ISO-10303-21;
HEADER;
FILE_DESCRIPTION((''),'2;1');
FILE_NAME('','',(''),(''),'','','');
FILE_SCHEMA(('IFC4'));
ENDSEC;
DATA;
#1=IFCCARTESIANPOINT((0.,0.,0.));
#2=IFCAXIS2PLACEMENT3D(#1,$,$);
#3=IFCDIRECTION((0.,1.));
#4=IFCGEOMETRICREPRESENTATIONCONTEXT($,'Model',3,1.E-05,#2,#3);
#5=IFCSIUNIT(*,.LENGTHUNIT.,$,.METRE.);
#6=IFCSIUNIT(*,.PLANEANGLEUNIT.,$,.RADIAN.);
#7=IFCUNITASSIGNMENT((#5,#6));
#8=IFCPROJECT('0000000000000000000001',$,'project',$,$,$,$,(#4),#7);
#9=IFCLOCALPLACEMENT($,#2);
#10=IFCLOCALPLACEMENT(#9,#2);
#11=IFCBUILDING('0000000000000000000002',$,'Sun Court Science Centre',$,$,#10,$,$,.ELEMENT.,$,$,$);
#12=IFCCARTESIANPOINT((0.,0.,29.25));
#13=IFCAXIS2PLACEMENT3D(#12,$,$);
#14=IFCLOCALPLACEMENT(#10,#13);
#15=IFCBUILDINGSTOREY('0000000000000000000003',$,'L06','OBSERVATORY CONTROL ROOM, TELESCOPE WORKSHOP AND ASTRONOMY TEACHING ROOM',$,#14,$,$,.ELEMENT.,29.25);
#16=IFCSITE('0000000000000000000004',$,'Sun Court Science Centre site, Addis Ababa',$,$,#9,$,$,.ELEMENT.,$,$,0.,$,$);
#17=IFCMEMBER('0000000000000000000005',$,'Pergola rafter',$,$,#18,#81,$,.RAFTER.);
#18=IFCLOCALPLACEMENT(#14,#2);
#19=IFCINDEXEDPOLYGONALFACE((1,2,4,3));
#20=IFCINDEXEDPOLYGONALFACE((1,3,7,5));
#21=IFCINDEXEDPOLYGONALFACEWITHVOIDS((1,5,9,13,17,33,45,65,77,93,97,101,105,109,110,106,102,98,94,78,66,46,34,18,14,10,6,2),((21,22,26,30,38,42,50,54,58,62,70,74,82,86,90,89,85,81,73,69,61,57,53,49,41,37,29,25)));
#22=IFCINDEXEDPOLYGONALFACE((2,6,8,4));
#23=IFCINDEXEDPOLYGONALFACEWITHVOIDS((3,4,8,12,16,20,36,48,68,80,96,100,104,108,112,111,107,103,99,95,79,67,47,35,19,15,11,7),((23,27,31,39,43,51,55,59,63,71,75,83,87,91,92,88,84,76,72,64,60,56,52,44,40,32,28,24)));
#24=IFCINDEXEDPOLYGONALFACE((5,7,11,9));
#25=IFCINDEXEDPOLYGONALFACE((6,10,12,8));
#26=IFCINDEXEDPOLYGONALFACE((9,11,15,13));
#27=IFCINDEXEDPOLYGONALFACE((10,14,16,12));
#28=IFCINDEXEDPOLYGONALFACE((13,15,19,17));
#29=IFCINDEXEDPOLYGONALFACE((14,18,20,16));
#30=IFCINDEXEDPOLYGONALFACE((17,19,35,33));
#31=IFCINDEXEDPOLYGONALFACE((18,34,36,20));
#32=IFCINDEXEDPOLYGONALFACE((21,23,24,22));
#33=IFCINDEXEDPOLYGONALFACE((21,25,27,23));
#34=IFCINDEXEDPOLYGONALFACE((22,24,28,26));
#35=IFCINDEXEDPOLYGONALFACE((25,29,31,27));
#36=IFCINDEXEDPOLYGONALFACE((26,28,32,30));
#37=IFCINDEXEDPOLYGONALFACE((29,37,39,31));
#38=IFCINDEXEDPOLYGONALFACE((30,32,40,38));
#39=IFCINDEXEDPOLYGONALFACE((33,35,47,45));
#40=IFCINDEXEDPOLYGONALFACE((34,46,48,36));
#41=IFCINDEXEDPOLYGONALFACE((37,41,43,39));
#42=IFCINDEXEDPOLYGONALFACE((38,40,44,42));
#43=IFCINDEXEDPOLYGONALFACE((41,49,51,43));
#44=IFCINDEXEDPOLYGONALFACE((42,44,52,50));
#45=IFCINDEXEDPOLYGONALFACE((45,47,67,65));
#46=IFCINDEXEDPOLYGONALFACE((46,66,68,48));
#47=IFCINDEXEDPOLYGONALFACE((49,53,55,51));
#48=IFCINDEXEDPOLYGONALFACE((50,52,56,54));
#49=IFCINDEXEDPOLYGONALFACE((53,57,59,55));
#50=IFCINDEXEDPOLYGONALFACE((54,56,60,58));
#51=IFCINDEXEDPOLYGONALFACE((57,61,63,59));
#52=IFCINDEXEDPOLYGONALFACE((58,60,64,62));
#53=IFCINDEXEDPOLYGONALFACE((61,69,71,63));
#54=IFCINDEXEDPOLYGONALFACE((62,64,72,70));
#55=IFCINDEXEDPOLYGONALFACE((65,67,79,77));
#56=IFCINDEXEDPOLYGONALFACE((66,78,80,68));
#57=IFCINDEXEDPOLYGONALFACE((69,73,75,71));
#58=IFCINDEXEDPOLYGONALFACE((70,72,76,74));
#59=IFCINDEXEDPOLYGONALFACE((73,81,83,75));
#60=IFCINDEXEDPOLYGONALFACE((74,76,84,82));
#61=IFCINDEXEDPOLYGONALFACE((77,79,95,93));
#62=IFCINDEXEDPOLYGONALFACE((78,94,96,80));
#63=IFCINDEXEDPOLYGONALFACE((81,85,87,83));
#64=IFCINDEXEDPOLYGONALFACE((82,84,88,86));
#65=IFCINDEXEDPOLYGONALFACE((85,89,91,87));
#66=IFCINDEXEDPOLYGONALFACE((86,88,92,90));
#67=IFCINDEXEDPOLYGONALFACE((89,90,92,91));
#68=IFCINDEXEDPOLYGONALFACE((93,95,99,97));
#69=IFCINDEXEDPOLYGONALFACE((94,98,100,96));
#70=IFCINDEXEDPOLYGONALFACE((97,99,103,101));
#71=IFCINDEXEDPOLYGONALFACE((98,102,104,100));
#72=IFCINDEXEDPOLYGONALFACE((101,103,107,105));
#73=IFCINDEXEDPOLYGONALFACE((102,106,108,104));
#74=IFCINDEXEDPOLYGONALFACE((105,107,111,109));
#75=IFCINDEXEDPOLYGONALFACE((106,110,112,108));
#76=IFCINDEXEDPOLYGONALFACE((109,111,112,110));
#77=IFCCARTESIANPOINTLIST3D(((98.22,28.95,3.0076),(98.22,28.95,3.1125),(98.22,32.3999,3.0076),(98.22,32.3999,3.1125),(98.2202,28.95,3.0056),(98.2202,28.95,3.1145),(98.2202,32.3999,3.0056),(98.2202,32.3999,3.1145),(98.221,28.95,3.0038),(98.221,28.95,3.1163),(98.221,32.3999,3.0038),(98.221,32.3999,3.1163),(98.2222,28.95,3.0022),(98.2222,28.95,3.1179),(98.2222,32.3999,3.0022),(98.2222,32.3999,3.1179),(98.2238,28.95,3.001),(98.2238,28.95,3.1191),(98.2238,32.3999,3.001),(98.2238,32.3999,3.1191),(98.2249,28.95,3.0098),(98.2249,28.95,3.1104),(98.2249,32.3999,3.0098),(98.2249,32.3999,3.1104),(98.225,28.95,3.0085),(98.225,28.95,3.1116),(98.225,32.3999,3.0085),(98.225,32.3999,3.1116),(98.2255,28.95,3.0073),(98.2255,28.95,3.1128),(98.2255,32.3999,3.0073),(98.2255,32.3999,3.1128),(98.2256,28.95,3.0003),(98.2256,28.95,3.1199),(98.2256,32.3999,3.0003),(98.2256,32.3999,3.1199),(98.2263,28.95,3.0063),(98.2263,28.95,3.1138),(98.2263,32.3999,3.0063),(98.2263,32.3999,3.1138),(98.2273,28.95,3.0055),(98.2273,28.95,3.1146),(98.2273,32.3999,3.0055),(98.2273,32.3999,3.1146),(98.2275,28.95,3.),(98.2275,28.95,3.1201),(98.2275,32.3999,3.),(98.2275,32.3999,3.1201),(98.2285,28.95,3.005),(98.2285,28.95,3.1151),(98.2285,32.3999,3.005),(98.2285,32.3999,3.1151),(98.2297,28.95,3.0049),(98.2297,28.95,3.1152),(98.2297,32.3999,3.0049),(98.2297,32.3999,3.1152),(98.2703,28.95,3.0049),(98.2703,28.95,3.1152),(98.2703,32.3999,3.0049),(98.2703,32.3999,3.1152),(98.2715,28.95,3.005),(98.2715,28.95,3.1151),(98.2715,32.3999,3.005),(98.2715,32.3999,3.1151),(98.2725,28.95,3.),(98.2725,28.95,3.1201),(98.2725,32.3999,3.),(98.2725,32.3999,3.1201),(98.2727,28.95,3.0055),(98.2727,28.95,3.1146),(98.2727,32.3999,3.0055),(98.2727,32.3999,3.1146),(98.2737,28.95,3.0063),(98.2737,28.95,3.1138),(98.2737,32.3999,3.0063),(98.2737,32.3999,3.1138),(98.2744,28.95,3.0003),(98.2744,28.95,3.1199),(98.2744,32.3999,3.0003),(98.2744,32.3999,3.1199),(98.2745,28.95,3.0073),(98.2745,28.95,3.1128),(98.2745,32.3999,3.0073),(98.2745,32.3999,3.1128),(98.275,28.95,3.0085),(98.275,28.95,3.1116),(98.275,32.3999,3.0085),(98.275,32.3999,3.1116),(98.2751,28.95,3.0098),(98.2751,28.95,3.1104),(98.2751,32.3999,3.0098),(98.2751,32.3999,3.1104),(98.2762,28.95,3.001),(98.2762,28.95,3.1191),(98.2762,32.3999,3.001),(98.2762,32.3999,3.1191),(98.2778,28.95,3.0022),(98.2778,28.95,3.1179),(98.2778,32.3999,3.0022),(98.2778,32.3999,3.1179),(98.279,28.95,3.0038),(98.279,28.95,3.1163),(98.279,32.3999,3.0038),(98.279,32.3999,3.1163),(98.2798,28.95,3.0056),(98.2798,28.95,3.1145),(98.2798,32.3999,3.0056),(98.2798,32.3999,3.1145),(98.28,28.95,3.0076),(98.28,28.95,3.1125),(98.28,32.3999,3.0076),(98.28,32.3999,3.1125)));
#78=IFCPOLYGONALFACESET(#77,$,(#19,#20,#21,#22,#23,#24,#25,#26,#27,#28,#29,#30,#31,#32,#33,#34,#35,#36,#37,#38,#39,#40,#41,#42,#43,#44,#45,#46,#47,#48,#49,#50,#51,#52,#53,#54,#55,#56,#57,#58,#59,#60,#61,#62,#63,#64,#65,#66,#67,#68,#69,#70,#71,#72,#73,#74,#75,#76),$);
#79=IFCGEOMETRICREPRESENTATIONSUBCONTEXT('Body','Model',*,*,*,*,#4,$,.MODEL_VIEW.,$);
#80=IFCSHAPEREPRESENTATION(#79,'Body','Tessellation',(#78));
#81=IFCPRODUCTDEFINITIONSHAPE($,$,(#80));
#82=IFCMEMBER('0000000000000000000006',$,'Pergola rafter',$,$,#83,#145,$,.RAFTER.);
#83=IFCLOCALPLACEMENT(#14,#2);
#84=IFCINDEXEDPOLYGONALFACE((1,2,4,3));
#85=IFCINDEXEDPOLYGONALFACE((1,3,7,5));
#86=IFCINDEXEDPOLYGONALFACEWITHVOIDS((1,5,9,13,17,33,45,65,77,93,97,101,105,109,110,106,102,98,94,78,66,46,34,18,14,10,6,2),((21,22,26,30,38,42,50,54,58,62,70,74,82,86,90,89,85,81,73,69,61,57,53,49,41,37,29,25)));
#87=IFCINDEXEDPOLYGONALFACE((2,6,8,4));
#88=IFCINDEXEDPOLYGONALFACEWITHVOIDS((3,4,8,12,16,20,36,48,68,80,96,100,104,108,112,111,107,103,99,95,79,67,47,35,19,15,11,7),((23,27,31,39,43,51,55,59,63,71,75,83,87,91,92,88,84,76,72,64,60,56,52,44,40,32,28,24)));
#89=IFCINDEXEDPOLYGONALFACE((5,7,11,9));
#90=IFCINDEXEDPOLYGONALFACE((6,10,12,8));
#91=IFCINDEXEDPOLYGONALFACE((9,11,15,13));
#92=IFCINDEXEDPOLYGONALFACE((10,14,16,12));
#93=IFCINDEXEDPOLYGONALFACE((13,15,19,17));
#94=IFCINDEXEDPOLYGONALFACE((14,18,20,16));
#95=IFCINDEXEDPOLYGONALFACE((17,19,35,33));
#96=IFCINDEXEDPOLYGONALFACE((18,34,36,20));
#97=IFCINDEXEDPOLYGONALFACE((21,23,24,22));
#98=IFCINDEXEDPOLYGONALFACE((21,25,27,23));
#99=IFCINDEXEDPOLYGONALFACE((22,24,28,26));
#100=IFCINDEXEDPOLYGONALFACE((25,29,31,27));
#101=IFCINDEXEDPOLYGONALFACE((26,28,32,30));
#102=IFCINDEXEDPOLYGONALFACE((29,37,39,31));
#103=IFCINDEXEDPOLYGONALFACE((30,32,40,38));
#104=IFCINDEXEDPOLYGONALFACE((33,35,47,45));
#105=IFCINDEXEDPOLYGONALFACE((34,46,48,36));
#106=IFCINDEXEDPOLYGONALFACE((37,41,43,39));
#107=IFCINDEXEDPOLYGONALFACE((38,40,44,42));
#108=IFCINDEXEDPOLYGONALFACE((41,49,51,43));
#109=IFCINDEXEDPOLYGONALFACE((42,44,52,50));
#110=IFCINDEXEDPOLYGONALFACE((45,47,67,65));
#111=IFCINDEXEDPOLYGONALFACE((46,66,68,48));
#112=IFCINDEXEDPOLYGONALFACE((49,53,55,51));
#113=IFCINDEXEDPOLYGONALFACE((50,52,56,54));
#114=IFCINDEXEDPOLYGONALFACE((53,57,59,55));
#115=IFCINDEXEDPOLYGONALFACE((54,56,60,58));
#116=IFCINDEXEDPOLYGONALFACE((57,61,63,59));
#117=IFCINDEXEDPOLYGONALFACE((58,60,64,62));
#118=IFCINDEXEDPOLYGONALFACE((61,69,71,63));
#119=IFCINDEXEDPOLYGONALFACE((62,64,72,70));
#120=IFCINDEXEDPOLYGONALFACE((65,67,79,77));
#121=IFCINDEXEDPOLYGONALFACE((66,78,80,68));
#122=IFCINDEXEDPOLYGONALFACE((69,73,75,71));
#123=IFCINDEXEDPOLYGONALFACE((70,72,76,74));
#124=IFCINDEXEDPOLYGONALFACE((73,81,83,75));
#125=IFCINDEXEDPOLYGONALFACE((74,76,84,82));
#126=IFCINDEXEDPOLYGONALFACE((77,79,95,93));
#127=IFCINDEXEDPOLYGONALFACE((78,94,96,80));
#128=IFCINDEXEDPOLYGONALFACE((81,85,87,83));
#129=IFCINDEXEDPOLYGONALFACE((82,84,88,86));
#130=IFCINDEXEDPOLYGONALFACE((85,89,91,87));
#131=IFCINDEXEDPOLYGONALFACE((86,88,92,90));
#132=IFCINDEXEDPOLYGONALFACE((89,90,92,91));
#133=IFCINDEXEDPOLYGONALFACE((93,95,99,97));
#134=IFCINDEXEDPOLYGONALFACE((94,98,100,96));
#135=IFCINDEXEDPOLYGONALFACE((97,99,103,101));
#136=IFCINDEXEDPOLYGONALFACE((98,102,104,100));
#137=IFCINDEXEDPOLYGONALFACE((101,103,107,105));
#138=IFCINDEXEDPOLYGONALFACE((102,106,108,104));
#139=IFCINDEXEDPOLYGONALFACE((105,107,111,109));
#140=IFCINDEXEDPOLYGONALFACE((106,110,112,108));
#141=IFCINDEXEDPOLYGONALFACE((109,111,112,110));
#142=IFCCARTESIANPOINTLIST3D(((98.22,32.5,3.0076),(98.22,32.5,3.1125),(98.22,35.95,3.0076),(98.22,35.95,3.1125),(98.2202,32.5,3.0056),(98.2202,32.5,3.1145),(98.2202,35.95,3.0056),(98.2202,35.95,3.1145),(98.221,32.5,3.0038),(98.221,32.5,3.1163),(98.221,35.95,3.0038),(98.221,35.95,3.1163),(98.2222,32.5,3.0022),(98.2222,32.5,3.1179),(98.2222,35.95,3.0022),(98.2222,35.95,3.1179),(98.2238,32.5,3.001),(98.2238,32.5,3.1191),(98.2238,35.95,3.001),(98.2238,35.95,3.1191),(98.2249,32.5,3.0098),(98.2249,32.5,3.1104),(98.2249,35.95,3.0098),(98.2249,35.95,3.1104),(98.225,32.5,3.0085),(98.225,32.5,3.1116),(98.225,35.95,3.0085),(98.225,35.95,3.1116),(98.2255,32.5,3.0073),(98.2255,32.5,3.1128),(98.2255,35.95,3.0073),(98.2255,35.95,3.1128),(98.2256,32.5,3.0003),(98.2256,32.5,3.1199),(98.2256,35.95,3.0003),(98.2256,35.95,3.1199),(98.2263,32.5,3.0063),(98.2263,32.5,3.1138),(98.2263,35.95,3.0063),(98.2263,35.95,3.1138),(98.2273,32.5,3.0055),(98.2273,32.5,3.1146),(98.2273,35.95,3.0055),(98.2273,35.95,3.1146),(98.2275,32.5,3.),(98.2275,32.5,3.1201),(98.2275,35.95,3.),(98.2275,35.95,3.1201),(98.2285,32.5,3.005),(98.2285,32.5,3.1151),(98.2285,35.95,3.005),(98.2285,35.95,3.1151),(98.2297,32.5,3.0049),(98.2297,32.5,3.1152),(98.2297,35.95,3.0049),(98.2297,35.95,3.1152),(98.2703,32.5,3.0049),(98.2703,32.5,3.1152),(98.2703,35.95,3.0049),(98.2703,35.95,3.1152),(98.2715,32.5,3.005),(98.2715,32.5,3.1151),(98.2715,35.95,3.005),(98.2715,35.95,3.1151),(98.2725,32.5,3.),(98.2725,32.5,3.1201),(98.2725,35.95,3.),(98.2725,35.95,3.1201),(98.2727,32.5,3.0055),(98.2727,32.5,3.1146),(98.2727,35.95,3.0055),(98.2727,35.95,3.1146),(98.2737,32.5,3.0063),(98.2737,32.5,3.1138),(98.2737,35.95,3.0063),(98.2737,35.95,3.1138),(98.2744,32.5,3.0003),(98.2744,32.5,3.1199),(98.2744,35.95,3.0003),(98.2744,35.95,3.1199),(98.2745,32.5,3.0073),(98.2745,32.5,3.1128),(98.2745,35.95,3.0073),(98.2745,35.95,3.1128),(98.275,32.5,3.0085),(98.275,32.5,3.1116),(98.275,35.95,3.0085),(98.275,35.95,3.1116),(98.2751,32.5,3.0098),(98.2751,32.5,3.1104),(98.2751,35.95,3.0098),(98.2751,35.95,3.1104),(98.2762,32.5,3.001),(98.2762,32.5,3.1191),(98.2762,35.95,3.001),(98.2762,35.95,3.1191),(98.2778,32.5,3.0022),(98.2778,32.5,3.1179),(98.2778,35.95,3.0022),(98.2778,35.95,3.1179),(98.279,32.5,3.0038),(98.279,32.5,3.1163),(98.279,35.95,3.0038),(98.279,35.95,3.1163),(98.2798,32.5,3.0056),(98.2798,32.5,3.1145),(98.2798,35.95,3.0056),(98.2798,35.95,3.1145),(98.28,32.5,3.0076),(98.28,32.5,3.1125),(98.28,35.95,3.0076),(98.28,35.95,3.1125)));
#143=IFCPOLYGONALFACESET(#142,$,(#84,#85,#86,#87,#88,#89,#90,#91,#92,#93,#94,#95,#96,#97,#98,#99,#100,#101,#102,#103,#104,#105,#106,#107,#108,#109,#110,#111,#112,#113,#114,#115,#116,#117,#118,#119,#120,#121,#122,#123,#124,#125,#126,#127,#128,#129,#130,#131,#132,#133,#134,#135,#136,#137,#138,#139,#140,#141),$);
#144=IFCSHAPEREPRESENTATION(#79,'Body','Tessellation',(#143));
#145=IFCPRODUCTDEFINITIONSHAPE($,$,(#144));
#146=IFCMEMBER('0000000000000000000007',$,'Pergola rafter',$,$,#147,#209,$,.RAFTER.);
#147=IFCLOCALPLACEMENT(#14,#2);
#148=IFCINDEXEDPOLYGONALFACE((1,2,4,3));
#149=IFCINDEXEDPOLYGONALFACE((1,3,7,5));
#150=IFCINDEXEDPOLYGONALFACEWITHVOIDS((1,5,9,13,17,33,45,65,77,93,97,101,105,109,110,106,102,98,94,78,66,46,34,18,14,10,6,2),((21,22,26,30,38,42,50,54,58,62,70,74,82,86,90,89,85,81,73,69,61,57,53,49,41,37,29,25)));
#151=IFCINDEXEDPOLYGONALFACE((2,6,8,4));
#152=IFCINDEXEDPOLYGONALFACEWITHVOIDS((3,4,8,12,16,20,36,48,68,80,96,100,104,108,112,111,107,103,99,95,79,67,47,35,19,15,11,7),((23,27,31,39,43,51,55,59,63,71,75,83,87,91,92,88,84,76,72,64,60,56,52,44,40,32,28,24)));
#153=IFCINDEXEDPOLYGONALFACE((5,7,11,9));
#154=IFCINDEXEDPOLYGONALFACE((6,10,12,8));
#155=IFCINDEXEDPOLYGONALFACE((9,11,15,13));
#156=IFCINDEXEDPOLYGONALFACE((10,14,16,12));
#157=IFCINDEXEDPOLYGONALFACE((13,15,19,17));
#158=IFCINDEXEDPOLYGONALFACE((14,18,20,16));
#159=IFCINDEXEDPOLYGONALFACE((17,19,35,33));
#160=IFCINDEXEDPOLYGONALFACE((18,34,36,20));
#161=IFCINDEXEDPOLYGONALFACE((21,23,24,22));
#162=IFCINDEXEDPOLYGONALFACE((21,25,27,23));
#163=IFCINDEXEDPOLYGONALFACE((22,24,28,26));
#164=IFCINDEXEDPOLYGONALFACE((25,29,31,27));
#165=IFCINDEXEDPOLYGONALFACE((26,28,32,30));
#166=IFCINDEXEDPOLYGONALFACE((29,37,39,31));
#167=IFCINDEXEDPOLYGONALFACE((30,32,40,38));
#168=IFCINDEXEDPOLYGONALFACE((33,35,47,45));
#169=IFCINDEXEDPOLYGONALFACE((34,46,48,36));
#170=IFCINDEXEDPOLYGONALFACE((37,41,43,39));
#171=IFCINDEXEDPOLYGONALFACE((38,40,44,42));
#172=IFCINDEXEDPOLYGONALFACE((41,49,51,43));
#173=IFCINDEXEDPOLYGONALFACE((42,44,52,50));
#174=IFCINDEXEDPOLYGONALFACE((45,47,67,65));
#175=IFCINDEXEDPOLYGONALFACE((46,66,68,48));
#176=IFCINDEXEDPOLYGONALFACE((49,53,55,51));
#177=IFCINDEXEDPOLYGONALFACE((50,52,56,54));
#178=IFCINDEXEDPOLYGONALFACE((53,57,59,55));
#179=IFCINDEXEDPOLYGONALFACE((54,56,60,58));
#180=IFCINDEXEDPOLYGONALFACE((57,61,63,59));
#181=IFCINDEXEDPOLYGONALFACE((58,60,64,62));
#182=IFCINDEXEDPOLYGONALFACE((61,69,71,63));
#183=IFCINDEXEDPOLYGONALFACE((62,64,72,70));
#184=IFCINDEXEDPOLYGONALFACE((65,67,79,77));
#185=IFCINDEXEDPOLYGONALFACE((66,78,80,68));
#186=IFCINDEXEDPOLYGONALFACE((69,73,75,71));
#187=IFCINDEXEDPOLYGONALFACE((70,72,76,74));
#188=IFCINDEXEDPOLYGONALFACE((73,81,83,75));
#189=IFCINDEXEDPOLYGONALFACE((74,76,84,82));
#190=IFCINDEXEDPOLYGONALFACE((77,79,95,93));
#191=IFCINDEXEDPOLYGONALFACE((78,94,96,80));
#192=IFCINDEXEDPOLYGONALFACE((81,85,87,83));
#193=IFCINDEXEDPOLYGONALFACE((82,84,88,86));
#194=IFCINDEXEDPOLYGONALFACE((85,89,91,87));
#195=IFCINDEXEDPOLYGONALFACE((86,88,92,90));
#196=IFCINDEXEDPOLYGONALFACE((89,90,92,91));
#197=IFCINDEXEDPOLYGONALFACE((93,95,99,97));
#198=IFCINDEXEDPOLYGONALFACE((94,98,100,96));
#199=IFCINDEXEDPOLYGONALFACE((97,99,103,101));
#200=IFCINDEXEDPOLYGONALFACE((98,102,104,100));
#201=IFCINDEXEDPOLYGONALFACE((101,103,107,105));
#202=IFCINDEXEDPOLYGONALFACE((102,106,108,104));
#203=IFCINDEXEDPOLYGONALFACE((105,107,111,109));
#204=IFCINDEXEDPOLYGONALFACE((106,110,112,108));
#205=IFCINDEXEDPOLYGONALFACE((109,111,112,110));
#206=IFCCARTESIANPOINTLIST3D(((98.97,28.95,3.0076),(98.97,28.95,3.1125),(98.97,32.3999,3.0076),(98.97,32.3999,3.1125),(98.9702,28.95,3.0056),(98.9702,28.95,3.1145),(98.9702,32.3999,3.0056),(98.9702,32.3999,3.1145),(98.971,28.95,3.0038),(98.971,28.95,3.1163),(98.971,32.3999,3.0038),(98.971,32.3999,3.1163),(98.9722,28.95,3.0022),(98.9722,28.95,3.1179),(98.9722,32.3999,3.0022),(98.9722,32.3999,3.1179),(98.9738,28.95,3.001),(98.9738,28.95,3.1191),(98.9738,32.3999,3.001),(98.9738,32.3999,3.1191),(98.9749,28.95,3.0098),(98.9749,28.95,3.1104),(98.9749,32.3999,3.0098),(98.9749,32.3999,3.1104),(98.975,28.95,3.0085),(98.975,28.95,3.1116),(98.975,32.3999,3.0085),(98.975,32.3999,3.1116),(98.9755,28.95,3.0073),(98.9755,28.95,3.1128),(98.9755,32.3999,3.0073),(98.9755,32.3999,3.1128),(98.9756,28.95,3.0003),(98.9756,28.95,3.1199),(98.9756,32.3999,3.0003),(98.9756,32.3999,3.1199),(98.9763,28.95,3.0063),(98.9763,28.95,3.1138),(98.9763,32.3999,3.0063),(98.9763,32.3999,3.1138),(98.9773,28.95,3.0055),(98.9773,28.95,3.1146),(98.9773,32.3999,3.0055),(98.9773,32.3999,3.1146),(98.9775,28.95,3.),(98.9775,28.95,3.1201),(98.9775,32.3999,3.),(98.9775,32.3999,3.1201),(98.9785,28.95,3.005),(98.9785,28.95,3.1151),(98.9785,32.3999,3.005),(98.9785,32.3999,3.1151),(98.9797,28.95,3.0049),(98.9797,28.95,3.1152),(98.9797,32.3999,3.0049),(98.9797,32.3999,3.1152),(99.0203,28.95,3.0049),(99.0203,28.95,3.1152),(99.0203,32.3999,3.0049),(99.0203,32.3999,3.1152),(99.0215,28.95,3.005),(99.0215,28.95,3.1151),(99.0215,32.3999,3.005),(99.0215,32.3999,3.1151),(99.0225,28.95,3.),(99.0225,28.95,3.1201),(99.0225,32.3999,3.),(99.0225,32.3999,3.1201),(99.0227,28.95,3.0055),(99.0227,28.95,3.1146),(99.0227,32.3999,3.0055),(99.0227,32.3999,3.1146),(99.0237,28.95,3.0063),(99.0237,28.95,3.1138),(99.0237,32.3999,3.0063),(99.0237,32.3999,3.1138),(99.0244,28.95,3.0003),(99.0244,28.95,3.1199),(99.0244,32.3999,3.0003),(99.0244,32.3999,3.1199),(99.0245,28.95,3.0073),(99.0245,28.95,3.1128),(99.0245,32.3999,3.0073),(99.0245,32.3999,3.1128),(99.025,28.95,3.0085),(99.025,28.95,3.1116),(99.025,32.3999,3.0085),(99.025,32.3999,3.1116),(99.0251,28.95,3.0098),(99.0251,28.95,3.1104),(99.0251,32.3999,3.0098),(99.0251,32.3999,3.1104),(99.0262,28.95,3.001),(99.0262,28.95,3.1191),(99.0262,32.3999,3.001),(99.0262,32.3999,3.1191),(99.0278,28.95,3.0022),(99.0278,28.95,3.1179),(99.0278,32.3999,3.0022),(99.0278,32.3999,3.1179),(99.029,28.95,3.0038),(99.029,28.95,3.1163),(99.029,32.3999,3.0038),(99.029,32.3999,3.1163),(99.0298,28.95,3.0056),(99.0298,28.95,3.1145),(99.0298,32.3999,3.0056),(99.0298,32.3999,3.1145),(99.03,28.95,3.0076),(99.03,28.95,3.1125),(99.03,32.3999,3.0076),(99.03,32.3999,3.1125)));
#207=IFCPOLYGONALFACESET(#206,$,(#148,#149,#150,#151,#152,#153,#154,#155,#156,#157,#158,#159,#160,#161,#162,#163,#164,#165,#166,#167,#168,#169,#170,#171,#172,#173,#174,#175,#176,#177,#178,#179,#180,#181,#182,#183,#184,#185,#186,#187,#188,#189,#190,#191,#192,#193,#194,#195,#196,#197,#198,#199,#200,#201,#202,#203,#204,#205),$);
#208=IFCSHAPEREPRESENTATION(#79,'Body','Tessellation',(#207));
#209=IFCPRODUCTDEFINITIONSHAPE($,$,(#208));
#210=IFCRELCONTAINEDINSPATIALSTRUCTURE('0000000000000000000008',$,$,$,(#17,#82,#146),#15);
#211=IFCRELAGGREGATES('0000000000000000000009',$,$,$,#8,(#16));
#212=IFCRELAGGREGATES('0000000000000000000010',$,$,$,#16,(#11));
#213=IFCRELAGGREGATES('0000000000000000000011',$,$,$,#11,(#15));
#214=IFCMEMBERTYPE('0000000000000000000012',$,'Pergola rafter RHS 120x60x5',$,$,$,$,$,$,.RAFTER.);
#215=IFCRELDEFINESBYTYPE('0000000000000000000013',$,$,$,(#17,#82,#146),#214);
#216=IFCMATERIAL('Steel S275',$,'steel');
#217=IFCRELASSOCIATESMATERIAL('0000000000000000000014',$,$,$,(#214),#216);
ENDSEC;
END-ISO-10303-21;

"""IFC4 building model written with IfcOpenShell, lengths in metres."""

from ifc_helpers import new_model, si_unit, direction, frame, origin, origin_2d, place, context, subcontext, project, spatial, hollow_rectangle, extrude, material, material_profile, profile_set, type_object, element, save


model = new_model("IFC4")

# Units and contexts
model_context = context("Model", 3, precision=1e-05, world=origin(), true_north=direction((0.0, 1.0)))
body_context = subcontext(model_context, "Body", "Model", "MODEL_VIEW")
ifc_project = project(units=[si_unit("LENGTHUNIT", "METRE"), si_unit("PLANEANGLEUNIT", "RADIAN")], contexts=[model_context])

# Site, building, storey
site_placement = place(None, origin())
site = spatial("IfcSite", under=ifc_project, at=site_placement, Name="Sun Court Science Centre site, Addis Ababa", CompositionType="ELEMENT", RefElevation=0.0)
building_placement = place(site_placement, origin())
building = spatial("IfcBuilding", under=site, at=building_placement, Name="Sun Court Science Centre", CompositionType="ELEMENT")
storey_placement = place(building_placement, frame((0.0, 0.0, 29.25)))
storey = spatial("IfcBuildingStorey", under=building, at=storey_placement, Name="L06", Description="OBSERVATORY CONTROL ROOM, TELESCOPE WORKSHOP AND ASTRONOMY TEACHING ROOM", CompositionType="ELEMENT", Elevation=29.25)

# Members
ifc_material_1 = material(Name="Steel S275", Category="steel")
ifc_material_profile_1 = material_profile(ifc_material_1, hollow_rectangle(XDim=0.0601, YDim=0.1201, WallThickness=0.0049, InnerFilletRadius=0.0049, OuterFilletRadius=0.0076, at=origin_2d()), Name="RHS 120x60x5")
ifc_profile_set_1 = profile_set([ifc_material_profile_1], Name="Steel S275")
member_type_1 = type_object("IfcMemberType", Name="Pergola rafter RHS 120x60x5", PredefinedType="RAFTER", material=ifc_profile_set_1)
for number, where, z_axis, x_axis, name in (
    (1, (98.25, 28.95, 3.0601), (0.0, 1.0, 0.0), (-1.0, 0.0, 0.0), "Pergola rafter"),
    (2, (98.25, 32.5, 3.0601), (0.0, 1.0, 0.0), (-1.0, 0.0, 0.0), "Pergola rafter"),
    (3, (99.0, 28.95, 3.0601), (0.0, 1.0, 0.0), (-1.0, 0.0, 0.0), "Pergola rafter"),
):
    element("IfcMember", number, at=place(storey_placement, frame(where, z_axis=z_axis, x_axis=x_axis)), inside=storey, type_object=member_type_1, Name=name, PredefinedType="RAFTER", context=body_context, shape_type="SweptSolid", body=[
        extrude(hollow_rectangle(XDim=0.0601, YDim=0.1201, WallThickness=0.0049, InnerFilletRadius=0.0049, OuterFilletRadius=0.0076, at=origin_2d()), origin(), (0.0, 0.0, 1.0), 3.45),
    ])

save(model, "model.ifc")
